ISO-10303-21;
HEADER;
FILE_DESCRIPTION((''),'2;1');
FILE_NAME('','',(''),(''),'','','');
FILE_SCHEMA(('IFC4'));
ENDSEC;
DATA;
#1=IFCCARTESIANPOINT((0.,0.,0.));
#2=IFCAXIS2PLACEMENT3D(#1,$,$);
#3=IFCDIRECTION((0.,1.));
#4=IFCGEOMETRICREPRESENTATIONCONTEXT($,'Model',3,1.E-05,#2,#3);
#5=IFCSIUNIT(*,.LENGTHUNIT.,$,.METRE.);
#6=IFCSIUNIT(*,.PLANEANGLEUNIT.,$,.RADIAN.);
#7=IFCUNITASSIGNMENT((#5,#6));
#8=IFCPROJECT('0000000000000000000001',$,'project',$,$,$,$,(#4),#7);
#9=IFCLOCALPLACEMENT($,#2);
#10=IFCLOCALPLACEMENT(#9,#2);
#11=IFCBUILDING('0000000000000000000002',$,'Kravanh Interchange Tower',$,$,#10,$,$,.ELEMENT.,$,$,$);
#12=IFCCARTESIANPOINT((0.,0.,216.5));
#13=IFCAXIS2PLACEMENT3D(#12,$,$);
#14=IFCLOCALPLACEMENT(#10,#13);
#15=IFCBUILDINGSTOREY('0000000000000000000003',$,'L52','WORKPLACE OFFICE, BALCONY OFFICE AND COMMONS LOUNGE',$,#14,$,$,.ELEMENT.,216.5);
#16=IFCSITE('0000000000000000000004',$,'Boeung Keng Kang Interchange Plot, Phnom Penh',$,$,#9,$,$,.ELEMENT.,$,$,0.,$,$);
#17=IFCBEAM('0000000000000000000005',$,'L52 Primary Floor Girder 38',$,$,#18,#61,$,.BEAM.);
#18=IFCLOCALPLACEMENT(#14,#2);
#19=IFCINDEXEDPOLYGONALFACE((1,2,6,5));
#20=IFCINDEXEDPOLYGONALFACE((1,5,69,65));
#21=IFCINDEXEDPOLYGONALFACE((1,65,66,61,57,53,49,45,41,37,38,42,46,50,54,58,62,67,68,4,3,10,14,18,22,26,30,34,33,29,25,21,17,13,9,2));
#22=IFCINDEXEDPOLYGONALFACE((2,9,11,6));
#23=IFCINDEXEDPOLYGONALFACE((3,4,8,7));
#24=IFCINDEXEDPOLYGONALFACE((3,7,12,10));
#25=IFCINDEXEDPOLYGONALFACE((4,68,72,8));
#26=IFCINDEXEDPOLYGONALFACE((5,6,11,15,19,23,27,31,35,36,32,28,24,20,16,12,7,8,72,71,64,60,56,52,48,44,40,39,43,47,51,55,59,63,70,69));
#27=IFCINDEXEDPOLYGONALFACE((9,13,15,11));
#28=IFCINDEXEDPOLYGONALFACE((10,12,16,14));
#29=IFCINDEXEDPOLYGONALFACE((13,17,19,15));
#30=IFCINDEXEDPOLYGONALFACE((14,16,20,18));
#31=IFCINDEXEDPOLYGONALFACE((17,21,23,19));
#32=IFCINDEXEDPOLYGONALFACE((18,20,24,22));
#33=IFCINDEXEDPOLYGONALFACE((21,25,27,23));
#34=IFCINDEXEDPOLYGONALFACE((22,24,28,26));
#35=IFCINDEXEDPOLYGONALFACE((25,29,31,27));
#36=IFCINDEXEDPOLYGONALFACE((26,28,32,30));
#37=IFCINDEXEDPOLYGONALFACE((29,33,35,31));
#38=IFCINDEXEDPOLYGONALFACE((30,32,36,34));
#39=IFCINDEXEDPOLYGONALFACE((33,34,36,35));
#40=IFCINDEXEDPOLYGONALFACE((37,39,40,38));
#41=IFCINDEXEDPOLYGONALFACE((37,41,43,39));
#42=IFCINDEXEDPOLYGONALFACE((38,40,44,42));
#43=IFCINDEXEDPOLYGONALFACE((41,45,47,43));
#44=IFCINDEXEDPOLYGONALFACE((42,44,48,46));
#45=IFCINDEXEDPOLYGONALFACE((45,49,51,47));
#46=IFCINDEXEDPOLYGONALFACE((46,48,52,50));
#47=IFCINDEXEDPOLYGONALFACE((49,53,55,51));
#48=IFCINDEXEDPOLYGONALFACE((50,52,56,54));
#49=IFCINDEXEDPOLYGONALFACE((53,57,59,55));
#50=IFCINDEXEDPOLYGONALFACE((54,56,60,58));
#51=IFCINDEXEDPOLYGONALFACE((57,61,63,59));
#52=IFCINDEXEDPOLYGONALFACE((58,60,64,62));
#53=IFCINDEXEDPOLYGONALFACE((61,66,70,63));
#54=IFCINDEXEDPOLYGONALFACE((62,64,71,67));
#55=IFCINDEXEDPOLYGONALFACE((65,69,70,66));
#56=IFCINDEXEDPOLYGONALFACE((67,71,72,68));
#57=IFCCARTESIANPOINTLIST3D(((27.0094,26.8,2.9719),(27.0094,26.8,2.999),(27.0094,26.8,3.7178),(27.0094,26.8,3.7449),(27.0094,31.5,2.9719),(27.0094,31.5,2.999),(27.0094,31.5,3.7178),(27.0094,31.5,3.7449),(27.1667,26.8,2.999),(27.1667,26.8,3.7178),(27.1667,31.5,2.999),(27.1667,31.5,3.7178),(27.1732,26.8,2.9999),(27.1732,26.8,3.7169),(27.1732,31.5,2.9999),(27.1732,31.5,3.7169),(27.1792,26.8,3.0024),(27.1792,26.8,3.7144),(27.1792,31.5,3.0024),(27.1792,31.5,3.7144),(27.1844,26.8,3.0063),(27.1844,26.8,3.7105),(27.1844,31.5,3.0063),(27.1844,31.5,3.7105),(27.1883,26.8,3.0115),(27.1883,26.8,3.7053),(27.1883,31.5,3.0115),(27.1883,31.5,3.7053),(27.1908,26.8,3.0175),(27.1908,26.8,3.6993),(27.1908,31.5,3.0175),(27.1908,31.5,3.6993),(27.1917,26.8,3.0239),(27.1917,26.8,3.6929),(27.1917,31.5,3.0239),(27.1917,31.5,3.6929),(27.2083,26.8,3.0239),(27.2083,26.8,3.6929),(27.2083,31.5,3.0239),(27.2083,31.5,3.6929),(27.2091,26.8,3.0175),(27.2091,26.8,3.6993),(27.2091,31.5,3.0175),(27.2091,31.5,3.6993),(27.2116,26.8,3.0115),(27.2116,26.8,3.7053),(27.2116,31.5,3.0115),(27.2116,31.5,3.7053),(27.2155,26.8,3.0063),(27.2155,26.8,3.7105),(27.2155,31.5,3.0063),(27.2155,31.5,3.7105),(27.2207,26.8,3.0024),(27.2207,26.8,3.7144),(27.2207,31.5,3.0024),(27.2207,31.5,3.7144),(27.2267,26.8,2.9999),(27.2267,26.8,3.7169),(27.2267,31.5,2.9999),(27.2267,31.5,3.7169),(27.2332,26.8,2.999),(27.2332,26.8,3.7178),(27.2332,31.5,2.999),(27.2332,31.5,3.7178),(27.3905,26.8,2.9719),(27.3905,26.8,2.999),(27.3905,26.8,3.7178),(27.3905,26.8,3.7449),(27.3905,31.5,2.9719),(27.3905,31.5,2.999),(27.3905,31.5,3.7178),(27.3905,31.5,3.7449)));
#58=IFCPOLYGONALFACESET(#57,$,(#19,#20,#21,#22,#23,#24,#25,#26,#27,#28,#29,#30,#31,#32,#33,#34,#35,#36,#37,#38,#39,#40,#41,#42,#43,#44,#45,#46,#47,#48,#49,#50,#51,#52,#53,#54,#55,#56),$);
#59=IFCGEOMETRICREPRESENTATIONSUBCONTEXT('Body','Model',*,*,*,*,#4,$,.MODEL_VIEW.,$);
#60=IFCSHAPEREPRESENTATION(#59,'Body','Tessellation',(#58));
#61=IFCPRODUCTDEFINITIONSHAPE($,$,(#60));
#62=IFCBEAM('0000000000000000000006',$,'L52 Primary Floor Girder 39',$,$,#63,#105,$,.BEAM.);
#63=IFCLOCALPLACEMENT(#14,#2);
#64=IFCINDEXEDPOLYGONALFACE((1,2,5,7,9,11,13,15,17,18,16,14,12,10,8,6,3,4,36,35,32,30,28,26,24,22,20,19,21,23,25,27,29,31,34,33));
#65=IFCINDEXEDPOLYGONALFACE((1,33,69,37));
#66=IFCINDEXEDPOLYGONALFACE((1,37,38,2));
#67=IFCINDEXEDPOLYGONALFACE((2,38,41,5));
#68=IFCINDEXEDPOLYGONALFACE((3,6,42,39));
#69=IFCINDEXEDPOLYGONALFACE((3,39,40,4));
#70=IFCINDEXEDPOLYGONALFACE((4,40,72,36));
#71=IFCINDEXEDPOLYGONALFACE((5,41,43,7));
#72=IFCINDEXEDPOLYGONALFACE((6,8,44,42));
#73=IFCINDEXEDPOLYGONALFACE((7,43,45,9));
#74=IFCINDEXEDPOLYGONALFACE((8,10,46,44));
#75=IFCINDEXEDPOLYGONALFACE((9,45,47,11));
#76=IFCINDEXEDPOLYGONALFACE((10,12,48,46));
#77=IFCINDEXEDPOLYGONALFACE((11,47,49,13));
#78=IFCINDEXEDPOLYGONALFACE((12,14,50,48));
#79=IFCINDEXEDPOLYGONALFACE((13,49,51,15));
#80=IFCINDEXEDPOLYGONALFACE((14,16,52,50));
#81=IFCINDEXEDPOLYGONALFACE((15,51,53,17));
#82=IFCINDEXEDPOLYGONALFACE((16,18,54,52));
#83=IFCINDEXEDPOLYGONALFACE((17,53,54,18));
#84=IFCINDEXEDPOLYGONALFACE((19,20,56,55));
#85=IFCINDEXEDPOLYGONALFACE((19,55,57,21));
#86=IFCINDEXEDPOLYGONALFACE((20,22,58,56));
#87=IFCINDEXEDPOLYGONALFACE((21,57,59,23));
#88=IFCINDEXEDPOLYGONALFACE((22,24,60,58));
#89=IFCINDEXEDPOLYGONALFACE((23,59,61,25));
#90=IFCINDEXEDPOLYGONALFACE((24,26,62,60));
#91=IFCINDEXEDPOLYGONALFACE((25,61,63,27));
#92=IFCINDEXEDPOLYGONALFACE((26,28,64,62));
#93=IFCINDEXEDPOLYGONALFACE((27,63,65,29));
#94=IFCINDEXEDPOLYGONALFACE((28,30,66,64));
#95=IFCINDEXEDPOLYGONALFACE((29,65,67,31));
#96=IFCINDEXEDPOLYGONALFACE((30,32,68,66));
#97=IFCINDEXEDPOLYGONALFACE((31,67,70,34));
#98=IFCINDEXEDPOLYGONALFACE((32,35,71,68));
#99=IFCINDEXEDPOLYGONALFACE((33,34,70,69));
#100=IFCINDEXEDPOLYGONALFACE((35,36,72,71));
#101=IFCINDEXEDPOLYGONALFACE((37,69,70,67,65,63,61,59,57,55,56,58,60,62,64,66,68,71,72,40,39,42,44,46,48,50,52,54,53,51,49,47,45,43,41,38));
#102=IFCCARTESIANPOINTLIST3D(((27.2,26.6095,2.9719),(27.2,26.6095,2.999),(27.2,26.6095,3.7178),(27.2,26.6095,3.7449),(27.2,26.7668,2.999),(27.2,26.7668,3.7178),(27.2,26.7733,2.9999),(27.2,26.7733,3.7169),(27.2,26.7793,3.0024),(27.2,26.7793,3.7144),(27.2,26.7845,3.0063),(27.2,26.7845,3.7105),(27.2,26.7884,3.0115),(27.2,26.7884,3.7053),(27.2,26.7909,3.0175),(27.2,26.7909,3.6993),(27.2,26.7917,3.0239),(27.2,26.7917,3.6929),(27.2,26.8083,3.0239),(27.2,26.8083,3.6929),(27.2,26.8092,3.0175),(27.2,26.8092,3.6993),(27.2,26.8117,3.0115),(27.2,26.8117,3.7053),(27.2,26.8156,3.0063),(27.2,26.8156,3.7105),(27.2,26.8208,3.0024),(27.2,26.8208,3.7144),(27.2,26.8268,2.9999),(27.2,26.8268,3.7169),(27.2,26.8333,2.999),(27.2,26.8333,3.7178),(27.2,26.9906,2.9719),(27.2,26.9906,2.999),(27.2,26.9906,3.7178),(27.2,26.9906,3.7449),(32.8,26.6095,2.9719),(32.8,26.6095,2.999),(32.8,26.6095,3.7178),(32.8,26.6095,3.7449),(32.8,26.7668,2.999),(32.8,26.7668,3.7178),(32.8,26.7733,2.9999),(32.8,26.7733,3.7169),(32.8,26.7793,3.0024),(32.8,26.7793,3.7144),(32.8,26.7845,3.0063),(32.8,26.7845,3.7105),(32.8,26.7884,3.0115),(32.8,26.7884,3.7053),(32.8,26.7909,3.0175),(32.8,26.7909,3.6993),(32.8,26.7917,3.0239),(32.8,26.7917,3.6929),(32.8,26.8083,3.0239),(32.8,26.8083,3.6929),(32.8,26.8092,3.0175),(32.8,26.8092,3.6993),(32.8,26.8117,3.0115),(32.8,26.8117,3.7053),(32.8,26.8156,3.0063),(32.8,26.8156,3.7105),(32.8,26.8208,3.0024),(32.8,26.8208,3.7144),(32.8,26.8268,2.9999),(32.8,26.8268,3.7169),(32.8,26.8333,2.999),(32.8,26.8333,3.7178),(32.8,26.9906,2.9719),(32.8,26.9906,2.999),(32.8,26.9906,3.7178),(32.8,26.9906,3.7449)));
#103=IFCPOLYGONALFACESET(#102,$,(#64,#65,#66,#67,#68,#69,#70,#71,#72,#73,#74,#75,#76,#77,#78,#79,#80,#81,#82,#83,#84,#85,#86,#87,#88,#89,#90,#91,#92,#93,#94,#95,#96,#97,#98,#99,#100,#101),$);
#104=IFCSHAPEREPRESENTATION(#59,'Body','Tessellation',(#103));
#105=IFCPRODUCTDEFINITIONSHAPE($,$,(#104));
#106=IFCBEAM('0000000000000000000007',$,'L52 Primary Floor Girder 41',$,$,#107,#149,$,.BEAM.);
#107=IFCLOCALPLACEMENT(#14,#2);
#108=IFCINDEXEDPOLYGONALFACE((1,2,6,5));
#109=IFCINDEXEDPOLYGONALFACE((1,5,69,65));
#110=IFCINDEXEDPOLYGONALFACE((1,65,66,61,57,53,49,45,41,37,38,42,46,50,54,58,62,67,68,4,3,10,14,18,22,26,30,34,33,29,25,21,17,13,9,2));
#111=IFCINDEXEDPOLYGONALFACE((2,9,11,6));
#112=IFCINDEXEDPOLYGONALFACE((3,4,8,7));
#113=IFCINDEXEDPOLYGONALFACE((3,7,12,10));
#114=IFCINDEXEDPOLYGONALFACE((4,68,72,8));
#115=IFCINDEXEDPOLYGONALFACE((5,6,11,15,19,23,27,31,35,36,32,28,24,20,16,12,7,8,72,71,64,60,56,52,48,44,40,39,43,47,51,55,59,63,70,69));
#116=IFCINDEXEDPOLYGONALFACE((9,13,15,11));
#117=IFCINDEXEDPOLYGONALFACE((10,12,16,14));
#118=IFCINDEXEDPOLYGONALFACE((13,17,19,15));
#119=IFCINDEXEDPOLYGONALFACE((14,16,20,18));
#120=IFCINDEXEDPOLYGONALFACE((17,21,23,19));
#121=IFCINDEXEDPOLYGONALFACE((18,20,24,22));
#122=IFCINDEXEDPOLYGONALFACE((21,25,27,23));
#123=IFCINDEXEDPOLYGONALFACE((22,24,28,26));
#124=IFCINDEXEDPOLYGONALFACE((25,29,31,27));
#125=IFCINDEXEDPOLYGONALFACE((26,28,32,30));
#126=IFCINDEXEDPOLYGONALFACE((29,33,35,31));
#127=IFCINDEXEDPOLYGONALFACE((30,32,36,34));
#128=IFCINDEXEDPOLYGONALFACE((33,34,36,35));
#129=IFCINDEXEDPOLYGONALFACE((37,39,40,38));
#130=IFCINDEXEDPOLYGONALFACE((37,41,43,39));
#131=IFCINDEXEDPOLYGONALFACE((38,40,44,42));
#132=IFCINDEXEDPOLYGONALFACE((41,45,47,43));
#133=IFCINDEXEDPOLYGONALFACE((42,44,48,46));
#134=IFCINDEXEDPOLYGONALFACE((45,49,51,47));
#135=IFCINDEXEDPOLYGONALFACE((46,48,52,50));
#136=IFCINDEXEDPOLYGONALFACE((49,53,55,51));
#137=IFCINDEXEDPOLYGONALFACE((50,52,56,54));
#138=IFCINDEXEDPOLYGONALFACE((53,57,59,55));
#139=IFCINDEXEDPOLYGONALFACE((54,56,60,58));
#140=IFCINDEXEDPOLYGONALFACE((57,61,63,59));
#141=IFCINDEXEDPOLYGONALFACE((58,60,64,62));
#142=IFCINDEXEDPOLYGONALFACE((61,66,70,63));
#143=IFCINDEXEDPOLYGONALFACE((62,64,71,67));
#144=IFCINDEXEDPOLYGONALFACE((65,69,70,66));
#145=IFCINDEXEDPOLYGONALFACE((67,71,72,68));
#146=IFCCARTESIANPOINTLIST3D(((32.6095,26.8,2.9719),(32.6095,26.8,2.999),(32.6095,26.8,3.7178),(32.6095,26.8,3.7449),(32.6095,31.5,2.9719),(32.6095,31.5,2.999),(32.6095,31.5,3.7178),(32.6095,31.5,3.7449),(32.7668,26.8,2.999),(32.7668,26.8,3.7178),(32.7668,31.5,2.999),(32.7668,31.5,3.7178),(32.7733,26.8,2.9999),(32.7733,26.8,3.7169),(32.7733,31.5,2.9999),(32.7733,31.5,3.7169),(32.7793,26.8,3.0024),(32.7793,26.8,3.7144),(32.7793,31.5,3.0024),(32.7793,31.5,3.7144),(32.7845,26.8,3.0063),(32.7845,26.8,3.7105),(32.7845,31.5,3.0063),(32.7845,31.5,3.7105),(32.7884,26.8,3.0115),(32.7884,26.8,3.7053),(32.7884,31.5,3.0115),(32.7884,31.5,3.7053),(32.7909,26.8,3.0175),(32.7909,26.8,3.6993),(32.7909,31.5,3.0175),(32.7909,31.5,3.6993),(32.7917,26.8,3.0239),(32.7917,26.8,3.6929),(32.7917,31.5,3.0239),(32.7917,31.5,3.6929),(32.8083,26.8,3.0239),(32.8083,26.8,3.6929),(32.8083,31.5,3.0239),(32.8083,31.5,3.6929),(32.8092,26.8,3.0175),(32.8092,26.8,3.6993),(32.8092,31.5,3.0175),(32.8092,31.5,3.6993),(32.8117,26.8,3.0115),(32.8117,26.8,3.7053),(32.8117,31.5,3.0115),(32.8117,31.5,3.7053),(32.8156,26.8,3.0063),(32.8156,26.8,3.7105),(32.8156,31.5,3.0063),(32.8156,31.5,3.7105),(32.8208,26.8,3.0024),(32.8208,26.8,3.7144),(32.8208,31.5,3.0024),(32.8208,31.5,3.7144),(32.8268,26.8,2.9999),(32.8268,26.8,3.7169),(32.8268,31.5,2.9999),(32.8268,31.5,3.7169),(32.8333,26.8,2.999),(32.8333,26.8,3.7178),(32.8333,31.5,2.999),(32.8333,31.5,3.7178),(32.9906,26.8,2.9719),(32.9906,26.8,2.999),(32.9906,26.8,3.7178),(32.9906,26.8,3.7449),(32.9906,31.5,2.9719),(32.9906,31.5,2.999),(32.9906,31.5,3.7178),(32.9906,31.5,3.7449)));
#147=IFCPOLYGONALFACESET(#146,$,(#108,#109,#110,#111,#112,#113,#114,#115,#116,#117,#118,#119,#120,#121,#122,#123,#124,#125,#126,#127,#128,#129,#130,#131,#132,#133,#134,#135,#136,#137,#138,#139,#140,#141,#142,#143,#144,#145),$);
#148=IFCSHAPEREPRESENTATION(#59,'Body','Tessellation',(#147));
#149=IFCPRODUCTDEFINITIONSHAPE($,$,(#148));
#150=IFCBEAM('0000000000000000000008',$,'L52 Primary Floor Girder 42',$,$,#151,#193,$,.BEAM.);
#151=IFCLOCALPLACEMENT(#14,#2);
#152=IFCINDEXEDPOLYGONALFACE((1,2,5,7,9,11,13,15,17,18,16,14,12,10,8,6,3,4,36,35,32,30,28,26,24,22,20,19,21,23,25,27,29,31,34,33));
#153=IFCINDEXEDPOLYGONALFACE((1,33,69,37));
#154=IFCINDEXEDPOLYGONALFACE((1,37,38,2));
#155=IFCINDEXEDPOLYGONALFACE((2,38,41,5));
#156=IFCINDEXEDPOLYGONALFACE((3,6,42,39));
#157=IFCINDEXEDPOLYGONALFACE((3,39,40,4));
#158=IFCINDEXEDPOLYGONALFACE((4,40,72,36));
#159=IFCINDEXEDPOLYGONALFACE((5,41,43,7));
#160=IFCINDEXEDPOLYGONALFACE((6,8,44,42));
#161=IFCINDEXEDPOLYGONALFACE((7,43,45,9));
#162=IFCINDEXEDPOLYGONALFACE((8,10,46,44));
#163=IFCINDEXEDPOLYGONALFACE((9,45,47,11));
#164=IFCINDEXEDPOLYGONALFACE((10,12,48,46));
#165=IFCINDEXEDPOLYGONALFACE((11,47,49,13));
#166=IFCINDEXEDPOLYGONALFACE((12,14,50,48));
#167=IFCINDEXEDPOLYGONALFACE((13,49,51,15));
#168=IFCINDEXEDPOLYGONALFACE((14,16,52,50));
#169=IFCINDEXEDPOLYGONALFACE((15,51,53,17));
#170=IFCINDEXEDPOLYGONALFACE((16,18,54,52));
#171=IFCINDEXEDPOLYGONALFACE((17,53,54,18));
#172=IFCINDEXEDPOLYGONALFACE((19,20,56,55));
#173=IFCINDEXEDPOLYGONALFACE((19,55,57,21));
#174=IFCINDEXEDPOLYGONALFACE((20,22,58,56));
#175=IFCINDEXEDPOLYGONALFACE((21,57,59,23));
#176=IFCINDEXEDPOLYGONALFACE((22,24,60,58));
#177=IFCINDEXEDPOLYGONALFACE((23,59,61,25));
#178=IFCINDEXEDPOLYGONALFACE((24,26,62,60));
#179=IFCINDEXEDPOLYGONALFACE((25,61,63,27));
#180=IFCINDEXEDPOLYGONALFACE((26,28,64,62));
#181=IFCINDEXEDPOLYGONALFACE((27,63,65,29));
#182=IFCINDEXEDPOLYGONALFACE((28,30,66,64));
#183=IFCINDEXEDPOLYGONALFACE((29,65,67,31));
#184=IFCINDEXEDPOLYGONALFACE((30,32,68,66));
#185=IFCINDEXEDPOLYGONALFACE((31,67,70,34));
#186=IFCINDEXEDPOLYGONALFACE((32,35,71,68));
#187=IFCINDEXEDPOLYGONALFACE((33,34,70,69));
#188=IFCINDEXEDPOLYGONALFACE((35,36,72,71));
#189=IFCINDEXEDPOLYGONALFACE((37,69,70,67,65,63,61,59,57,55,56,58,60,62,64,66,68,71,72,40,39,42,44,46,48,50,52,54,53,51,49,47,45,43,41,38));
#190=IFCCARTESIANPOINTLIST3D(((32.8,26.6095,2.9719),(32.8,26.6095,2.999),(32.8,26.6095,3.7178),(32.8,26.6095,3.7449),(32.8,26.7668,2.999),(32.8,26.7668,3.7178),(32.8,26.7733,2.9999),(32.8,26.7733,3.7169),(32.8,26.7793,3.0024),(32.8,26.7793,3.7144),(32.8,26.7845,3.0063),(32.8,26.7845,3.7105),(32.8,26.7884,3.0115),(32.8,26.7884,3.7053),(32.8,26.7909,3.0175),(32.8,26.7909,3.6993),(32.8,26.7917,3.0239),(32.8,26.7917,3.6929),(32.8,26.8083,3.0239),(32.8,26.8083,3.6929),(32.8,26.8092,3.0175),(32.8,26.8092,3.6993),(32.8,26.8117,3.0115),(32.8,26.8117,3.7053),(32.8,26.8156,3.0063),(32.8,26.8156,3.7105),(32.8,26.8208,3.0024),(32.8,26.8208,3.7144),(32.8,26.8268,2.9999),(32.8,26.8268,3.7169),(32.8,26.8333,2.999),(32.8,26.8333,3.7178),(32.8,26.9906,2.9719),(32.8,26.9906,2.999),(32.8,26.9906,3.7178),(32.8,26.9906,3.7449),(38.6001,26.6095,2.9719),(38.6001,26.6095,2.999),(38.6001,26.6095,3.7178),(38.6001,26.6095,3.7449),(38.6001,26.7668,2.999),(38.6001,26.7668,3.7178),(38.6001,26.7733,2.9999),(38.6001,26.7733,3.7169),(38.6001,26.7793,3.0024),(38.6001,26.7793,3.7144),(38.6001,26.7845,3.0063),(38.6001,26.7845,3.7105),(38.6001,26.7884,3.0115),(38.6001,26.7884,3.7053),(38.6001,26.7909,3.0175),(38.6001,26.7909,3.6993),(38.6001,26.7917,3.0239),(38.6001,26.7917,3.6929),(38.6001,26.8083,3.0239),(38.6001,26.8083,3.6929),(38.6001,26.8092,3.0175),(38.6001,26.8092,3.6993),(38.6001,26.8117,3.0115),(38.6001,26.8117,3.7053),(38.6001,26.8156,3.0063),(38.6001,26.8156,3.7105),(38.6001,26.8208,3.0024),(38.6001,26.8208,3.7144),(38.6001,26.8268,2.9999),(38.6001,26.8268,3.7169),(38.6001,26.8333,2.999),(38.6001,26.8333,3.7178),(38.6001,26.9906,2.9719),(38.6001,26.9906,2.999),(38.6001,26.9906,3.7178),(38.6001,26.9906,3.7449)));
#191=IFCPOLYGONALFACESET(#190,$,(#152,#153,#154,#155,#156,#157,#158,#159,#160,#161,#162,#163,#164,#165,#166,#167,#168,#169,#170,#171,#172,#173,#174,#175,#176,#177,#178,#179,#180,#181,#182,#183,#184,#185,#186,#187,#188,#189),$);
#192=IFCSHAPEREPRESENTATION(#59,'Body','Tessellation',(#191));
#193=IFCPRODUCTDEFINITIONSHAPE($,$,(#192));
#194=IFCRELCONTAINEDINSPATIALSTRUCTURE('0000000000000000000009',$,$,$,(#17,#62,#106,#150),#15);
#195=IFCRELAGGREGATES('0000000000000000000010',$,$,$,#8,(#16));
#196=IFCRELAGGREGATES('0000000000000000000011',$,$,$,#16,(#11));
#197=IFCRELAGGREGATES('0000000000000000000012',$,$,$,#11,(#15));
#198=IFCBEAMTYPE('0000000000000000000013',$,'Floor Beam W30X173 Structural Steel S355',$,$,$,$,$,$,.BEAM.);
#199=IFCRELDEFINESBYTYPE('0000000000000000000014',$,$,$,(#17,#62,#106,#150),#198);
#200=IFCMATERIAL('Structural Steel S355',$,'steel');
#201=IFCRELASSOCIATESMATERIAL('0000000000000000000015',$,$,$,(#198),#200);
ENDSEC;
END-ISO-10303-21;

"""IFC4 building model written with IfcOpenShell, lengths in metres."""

from ifc_helpers import new_model, si_unit, direction, frame, origin, origin_2d, place, context, subcontext, project, spatial, i_section, extrude, material, material_profile, profile_set, type_object, element, save


model = new_model("IFC4")

# Units and contexts
model_context = context("Model", 3, precision=1e-05, world=origin(), true_north=direction((0.0, 1.0)))
body_context = subcontext(model_context, "Body", "Model", "MODEL_VIEW")
ifc_project = project(units=[si_unit("LENGTHUNIT", "METRE"), si_unit("PLANEANGLEUNIT", "RADIAN")], contexts=[model_context])

# Site, building, storey
site_placement = place(None, origin())
site = spatial("IfcSite", under=ifc_project, at=site_placement, Name="Boeung Keng Kang Interchange Plot, Phnom Penh", CompositionType="ELEMENT", RefElevation=0.0)
building_placement = place(site_placement, origin())
building = spatial("IfcBuilding", under=site, at=building_placement, Name="Kravanh Interchange Tower", CompositionType="ELEMENT")
storey_placement = place(building_placement, frame((0.0, 0.0, 216.5)))
storey = spatial("IfcBuildingStorey", under=building, at=storey_placement, Name="L52", Description="WORKPLACE OFFICE, BALCONY OFFICE AND COMMONS LOUNGE", CompositionType="ELEMENT", Elevation=216.5)

# Beams
ifc_material_1 = material(Name="Structural Steel S355", Category="steel")
ifc_material_profile_1 = material_profile(ifc_material_1, i_section(OverallWidth=0.3811, OverallDepth=0.7729, WebThickness=0.0166, FlangeThickness=0.0271, FilletRadius=0.0249, at=origin_2d()), Name="W30X173")
ifc_profile_set_1 = profile_set([ifc_material_profile_1], Name="Structural Steel S355")
beam_type_1 = type_object("IfcBeamType", Name="Floor Beam W30X173 Structural Steel S355", PredefinedType="BEAM", material=ifc_profile_set_1)
beam_1_placement = place(storey_placement, frame((27.2, 26.8, 3.3584), z_axis=(0.0, 1.0, 0.0), x_axis=(-1.0, 0.0, 0.0)))
element("IfcBeam", 1, at=beam_1_placement, inside=storey, type_object=beam_type_1, Name="L52 Primary Floor Girder 38", PredefinedType="BEAM", context=body_context, shape_type="SweptSolid", body=[
    extrude(i_section(OverallWidth=0.3811, OverallDepth=0.7729, WebThickness=0.0166, FlangeThickness=0.0271, FilletRadius=0.0249, at=origin_2d()), origin(), (0.0, 0.0, 1.0), 4.7),
])
beam_2_placement = place(storey_placement, frame((27.2, 26.8, 3.3584), z_axis=(1.0, 0.0, 0.0), x_axis=(0.0, 1.0, 0.0)))
element("IfcBeam", 2, at=beam_2_placement, inside=storey, type_object=beam_type_1, Name="L52 Primary Floor Girder 39", PredefinedType="BEAM", context=body_context, shape_type="SweptSolid", body=[
    extrude(i_section(OverallWidth=0.3811, OverallDepth=0.7729, WebThickness=0.0166, FlangeThickness=0.0271, FilletRadius=0.0249, at=origin_2d()), origin(), (0.0, 0.0, 1.0), 5.6001),
])
beam_3_placement = place(storey_placement, frame((32.8, 26.8, 3.3584), z_axis=(0.0, 1.0, 0.0), x_axis=(-1.0, 0.0, 0.0)))
element("IfcBeam", 3, at=beam_3_placement, inside=storey, type_object=beam_type_1, Name="L52 Primary Floor Girder 41", PredefinedType="BEAM", context=body_context, shape_type="SweptSolid", body=[
    extrude(i_section(OverallWidth=0.3811, OverallDepth=0.7729, WebThickness=0.0166, FlangeThickness=0.0271, FilletRadius=0.0249, at=origin_2d()), origin(), (0.0, 0.0, 1.0), 4.7),
])
beam_4_placement = place(storey_placement, frame((32.8, 26.8, 3.3584), z_axis=(1.0, 0.0, 0.0), x_axis=(0.0, 1.0, 0.0)))
element("IfcBeam", 4, at=beam_4_placement, inside=storey, type_object=beam_type_1, Name="L52 Primary Floor Girder 42", PredefinedType="BEAM", context=body_context, shape_type="SweptSolid", body=[
    extrude(i_section(OverallWidth=0.3811, OverallDepth=0.7729, WebThickness=0.0166, FlangeThickness=0.0271, FilletRadius=0.0249, at=origin_2d()), origin(), (0.0, 0.0, 1.0), 5.8),
])

save(model, "model.ifc")
